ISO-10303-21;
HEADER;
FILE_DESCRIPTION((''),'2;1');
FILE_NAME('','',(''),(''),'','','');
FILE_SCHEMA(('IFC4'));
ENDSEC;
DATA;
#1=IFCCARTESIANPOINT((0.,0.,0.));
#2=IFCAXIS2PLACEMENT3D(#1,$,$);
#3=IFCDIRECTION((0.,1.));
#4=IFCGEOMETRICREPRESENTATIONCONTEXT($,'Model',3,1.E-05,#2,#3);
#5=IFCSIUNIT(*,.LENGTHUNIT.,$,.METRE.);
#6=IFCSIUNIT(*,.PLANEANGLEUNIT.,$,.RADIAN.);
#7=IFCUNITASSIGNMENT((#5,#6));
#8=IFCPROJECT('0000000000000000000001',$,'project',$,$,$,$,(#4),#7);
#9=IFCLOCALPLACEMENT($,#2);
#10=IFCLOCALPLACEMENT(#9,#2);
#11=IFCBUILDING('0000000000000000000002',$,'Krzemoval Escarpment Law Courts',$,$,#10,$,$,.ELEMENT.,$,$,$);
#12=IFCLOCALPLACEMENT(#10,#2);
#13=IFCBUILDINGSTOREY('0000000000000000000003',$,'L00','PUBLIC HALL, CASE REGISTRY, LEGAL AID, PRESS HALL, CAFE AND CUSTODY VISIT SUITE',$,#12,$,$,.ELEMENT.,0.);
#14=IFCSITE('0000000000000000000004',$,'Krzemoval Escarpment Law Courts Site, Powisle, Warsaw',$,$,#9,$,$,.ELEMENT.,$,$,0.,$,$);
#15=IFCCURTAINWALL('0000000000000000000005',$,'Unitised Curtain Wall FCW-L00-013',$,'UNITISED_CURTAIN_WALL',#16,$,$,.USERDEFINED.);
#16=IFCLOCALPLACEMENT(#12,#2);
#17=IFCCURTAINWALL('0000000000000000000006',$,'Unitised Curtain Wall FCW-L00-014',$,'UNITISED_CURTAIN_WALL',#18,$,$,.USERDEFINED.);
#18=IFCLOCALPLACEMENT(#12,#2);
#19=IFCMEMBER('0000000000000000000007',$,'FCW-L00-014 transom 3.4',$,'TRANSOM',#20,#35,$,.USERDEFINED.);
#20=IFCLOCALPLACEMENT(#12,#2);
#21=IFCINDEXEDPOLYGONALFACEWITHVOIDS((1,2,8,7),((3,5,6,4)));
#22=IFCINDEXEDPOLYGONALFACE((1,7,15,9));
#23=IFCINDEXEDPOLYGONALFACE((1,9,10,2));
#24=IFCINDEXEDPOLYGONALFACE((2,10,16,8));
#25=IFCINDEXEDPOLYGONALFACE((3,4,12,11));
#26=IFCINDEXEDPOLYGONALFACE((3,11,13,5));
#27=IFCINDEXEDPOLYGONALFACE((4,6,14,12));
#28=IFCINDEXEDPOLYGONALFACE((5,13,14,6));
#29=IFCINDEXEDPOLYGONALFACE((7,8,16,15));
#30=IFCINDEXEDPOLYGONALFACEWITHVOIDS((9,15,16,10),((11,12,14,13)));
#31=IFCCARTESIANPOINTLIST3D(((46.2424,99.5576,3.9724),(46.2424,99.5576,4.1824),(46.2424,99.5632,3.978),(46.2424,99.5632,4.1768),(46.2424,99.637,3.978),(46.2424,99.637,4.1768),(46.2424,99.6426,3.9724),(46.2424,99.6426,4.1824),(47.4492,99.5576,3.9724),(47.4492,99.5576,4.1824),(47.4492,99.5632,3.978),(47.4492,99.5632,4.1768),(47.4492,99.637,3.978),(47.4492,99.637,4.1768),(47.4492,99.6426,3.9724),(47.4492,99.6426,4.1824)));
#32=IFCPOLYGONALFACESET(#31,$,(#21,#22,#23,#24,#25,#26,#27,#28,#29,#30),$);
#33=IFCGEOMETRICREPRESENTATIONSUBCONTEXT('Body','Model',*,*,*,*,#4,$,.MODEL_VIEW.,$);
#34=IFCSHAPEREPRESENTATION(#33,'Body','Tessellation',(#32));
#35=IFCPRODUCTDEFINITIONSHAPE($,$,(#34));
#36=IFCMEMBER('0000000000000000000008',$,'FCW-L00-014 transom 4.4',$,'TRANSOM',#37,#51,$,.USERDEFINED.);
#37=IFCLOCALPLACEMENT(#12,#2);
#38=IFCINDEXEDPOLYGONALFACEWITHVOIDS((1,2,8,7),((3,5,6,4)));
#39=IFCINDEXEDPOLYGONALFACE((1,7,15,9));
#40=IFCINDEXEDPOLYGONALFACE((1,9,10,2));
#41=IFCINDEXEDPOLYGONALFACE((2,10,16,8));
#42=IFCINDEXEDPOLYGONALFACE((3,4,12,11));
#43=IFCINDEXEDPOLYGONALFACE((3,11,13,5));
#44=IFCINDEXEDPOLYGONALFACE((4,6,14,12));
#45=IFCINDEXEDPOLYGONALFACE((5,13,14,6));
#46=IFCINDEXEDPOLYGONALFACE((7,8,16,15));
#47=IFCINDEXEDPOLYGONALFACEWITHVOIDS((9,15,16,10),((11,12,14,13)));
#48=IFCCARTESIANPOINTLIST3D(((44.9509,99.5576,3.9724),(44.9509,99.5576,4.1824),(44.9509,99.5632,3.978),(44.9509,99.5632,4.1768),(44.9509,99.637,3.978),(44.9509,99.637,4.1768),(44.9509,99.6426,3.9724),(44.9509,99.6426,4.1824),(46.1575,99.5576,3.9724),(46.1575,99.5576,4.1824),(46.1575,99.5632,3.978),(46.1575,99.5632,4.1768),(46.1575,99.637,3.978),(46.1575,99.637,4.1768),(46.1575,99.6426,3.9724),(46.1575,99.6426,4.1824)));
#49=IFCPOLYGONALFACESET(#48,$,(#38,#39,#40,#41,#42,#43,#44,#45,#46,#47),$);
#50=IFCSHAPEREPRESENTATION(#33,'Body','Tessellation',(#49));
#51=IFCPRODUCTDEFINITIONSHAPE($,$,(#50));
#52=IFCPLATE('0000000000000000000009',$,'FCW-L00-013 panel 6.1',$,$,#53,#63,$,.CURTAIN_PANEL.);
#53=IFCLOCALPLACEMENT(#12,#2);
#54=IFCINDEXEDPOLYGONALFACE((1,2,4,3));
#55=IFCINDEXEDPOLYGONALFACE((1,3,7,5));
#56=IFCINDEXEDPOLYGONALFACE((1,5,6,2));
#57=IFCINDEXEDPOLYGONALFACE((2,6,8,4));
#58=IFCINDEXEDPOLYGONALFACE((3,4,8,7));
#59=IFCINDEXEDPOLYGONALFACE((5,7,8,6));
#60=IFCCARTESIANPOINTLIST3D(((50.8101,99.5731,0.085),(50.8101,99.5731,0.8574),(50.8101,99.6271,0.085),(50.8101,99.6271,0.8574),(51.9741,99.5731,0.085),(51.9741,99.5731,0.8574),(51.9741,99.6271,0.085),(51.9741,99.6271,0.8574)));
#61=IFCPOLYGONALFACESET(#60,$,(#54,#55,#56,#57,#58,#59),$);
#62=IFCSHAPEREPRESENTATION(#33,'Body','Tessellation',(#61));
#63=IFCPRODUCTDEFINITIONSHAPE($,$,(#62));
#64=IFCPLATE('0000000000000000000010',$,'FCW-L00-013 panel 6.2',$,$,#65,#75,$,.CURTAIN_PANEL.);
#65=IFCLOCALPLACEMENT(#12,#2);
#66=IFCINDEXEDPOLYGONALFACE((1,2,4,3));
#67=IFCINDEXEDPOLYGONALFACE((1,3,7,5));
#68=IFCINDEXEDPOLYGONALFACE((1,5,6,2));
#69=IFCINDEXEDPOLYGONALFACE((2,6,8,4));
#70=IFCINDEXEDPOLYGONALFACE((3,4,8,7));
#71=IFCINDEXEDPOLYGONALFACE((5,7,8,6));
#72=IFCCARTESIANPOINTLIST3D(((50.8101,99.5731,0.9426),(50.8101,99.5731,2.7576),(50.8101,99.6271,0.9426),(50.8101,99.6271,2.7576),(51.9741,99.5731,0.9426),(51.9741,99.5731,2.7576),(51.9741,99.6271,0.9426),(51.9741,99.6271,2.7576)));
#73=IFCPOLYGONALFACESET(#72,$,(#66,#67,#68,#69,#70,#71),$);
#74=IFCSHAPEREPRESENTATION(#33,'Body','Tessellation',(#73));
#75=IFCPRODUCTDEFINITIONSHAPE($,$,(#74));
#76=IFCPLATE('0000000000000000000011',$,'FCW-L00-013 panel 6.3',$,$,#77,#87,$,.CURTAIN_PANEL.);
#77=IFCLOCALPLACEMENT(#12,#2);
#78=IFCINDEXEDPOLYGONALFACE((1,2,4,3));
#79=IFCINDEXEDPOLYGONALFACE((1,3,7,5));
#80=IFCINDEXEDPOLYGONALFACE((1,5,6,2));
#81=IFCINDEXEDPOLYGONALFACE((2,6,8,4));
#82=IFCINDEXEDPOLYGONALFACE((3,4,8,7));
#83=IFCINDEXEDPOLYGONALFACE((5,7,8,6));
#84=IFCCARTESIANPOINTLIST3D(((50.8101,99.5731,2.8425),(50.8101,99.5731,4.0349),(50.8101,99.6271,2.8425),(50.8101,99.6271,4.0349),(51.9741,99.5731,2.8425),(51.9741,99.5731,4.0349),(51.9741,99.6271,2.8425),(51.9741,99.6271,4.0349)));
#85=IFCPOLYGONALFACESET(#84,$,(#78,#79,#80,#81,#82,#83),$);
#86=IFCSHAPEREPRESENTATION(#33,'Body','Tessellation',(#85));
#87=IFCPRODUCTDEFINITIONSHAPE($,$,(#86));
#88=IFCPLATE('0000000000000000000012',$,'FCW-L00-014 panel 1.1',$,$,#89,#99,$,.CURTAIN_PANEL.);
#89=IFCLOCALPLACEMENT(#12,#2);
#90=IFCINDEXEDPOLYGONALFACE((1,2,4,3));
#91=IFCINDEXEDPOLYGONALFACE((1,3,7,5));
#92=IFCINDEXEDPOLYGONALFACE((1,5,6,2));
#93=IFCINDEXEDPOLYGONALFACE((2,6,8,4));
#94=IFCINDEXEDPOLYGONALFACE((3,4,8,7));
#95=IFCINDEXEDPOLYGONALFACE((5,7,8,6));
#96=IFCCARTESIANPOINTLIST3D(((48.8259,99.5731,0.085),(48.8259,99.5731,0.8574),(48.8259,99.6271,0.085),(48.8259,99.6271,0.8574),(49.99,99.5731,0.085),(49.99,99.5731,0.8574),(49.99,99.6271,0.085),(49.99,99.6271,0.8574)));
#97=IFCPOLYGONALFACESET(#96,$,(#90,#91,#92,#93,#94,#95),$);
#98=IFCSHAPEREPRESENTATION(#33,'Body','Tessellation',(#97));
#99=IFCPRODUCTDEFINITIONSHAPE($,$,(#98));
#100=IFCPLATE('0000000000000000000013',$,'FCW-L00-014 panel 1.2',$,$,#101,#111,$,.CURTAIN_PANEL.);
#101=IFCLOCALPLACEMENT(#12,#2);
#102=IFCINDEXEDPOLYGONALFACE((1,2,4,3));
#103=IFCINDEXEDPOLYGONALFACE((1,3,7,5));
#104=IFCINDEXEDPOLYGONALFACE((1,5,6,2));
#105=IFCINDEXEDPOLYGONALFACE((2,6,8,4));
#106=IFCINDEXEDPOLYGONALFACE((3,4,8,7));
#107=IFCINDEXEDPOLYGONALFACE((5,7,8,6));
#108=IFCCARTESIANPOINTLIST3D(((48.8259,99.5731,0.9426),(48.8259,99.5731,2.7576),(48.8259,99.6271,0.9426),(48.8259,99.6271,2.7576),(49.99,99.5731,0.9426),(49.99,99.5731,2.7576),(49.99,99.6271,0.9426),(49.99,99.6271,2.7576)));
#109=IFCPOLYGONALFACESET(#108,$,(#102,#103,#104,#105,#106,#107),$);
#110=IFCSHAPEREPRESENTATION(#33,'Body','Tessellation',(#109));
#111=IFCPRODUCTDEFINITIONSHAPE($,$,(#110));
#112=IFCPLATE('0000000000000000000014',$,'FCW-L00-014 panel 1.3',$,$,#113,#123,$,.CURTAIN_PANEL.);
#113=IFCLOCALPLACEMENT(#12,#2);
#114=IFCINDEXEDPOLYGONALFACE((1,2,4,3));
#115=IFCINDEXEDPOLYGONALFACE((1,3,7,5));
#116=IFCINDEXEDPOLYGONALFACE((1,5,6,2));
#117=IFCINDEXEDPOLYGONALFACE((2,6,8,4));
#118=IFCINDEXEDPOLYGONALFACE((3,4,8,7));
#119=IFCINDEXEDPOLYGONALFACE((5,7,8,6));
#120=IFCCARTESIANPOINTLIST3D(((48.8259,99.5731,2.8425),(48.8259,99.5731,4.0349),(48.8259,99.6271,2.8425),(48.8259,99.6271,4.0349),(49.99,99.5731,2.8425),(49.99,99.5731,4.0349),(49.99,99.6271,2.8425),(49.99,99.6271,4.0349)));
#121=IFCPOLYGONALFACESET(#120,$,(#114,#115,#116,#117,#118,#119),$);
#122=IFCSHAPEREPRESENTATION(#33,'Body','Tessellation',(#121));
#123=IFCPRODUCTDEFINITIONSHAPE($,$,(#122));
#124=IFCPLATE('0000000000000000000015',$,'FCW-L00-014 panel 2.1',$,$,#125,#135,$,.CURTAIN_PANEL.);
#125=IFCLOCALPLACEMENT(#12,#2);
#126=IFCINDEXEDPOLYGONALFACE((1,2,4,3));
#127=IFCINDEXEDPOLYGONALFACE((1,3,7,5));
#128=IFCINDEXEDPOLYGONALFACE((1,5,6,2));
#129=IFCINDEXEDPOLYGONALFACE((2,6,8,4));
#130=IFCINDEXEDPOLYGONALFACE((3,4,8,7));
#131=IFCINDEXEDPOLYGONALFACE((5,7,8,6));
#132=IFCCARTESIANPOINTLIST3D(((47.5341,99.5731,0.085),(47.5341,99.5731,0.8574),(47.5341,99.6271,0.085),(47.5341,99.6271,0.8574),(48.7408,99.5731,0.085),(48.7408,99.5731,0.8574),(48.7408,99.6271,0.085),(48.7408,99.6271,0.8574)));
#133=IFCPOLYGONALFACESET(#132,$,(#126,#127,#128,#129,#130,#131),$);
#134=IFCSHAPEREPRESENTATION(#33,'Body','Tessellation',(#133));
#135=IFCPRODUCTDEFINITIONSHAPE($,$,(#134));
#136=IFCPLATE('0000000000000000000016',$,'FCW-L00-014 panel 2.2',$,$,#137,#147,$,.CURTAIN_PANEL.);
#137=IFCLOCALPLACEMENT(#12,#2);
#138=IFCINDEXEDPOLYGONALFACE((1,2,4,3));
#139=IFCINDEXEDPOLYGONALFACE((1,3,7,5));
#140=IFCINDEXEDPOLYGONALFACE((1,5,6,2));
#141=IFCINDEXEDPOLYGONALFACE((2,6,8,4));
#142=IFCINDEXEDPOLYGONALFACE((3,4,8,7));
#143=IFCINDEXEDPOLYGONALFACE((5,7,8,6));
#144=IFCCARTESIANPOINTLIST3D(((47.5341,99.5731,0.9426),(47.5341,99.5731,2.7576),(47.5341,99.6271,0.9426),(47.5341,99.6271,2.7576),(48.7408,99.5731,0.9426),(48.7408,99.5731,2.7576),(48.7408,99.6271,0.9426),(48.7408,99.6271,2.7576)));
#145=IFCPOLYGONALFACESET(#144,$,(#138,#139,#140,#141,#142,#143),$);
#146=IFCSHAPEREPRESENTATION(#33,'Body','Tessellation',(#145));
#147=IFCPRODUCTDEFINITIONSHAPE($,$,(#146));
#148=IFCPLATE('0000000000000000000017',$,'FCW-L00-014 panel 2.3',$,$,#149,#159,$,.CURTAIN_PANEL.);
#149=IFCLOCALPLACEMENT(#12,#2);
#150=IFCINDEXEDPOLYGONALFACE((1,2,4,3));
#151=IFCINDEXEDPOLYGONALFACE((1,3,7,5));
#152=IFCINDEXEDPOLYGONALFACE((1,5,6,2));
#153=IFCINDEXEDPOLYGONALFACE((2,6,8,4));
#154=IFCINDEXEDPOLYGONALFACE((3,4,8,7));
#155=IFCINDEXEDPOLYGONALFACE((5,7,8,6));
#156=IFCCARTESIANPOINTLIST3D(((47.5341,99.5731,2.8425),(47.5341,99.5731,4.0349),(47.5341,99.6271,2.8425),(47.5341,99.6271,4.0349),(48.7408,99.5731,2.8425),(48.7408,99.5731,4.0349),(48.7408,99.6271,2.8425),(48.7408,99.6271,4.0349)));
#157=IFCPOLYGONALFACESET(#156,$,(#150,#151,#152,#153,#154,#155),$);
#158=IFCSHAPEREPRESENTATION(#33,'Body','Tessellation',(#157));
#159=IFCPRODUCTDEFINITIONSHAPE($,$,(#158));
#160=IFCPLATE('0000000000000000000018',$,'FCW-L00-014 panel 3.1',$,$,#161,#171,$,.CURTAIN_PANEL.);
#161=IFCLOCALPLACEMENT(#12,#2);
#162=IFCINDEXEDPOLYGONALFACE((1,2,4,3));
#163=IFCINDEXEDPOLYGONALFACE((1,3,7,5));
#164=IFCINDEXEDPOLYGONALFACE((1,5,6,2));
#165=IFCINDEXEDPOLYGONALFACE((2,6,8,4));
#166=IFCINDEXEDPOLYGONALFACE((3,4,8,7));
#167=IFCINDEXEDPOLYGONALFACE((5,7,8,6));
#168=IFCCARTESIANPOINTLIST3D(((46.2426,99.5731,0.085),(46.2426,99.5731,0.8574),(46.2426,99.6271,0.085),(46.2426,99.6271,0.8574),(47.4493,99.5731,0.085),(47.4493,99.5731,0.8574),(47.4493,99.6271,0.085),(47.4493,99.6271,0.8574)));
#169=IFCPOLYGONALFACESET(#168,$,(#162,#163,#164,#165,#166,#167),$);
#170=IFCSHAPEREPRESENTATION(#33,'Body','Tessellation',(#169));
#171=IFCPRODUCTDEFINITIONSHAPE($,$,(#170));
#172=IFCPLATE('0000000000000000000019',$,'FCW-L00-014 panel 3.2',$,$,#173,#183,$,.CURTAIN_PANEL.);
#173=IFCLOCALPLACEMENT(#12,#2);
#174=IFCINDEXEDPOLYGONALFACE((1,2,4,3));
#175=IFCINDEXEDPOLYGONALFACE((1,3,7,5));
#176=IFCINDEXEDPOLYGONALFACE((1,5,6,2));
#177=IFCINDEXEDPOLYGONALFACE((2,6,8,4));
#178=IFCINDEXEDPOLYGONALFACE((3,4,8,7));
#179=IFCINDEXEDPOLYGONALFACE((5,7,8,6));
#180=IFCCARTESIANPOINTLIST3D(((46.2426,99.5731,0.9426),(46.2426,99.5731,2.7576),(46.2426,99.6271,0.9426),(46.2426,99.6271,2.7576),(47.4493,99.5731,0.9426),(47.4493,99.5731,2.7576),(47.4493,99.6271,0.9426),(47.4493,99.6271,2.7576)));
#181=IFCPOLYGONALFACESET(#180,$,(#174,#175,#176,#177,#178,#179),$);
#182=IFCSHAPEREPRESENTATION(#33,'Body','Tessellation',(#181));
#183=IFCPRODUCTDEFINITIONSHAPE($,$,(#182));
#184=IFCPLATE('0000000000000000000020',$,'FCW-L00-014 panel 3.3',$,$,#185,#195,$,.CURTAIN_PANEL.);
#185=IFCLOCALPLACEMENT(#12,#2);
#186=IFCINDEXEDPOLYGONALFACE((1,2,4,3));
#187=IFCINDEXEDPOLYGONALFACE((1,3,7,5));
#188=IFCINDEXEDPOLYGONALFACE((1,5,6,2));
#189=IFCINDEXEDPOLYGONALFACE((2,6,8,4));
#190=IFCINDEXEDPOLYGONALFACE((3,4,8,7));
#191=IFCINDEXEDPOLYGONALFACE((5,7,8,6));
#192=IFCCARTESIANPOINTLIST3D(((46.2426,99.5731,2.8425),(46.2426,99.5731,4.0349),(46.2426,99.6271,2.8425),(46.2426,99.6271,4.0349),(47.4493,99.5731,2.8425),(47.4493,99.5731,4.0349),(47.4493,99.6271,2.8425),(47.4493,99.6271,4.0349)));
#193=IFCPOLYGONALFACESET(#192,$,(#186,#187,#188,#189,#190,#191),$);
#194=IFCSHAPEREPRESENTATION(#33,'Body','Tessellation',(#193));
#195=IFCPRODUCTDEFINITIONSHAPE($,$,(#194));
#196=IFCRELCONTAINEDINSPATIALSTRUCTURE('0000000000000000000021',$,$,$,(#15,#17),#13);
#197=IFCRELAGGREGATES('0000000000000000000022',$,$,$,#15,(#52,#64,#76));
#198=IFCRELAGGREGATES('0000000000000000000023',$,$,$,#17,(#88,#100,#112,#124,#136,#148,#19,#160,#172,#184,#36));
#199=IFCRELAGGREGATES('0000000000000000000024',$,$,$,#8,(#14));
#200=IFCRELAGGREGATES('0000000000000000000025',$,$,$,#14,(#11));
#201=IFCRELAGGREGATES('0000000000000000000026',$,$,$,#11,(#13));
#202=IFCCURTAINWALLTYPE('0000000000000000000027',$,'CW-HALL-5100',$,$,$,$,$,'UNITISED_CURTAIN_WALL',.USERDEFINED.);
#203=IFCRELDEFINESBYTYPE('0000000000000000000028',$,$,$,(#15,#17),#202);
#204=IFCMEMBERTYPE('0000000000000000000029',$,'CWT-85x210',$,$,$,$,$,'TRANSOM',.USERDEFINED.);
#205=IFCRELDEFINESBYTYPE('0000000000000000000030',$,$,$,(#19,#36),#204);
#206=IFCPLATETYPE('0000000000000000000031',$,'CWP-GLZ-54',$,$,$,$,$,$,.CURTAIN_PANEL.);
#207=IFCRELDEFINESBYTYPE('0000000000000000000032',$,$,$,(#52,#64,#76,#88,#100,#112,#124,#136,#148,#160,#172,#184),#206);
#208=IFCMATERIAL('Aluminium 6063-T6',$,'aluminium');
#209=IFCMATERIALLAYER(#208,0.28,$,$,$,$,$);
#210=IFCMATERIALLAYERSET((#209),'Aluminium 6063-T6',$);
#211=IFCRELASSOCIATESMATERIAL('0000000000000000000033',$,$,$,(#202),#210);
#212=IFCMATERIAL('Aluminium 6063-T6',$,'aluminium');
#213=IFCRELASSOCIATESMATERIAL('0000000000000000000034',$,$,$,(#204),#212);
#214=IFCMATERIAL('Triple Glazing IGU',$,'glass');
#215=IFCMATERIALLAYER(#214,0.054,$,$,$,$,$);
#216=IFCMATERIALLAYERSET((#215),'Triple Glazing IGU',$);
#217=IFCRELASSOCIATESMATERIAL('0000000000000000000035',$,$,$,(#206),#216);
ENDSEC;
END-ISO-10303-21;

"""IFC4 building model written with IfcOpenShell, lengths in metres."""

from ifc_helpers import new_model, si_unit, direction, frame, origin, origin_2d, place, context, subcontext, project, spatial, rectangle, hollow_rectangle, extrude, material, layer, layer_set, material_profile, profile_set, type_object, element, aggregate, save


model = new_model("IFC4")

# Units and contexts
model_context = context("Model", 3, precision=1e-05, world=origin(), true_north=direction((0.0, 1.0)))
body_context = subcontext(model_context, "Body", "Model", "MODEL_VIEW")
ifc_project = project(units=[si_unit("LENGTHUNIT", "METRE"), si_unit("PLANEANGLEUNIT", "RADIAN")], contexts=[model_context])

# Site, building, storey
site_placement = place(None, origin())
site = spatial("IfcSite", under=ifc_project, at=site_placement, Name="Krzemoval Escarpment Law Courts Site, Powisle, Warsaw", CompositionType="ELEMENT", RefElevation=0.0)
building_placement = place(site_placement, origin())
building = spatial("IfcBuilding", under=site, at=building_placement, Name="Krzemoval Escarpment Law Courts", CompositionType="ELEMENT")
storey_placement = place(building_placement, origin())
storey = spatial("IfcBuildingStorey", under=building, at=storey_placement, Name="L00", Description="PUBLIC HALL, CASE REGISTRY, LEGAL AID, PRESS HALL, CAFE AND CUSTODY VISIT SUITE", CompositionType="ELEMENT", Elevation=0.0)

# Curtain wall
ifc_material_1 = material(Name="Aluminium 6063-T6", Category="aluminium")
ifc_layer_1 = layer(ifc_material_1, 0.28)
ifc_layer_set_1 = layer_set([ifc_layer_1], Name="Aluminium 6063-T6")
curtain_wall_type = type_object("IfcCurtainWallType", Name="CW-HALL-5100", ElementType="UNITISED_CURTAIN_WALL", PredefinedType="USERDEFINED", material=ifc_layer_set_1)
curtain_wall_1_placement = place(storey_placement, origin())
curtain_wall_1 = element("IfcCurtainWall", 1, at=curtain_wall_1_placement, inside=storey, type_object=curtain_wall_type, Name="Unitised Curtain Wall FCW-L00-013", ObjectType="UNITISED_CURTAIN_WALL", PredefinedType="USERDEFINED")

# Curtain wall
curtain_wall_2_placement = place(storey_placement, origin())
curtain_wall_2 = element("IfcCurtainWall", 2, at=curtain_wall_2_placement, inside=storey, type_object=curtain_wall_type, Name="Unitised Curtain Wall FCW-L00-014", ObjectType="UNITISED_CURTAIN_WALL", PredefinedType="USERDEFINED")

# Members
ifc_material_2 = material(Name="Aluminium 6063-T6", Category="aluminium")
ifc_material_profile_1 = material_profile(ifc_material_2, hollow_rectangle(XDim=0.085, YDim=0.21, WallThickness=0.0056, at=origin_2d()), Name="ALU T85x210")
ifc_profile_set_1 = profile_set([ifc_material_profile_1], Name="Aluminium 6063-T6")
member_type_1 = type_object("IfcMemberType", Name="CWT-85x210", ElementType="TRANSOM", PredefinedType="USERDEFINED", material=ifc_profile_set_1)
member_1_placement = place(storey_placement, frame((47.4492, 99.6001, 4.0774), z_axis=(-1.0, 0.0, 0.0), x_axis=(0.0, -1.0, 0.0)))
member_1 = element("IfcMember", 3, at=member_1_placement, type_object=member_type_1, Name="FCW-L00-014 transom 3.4", ObjectType="TRANSOM", PredefinedType="USERDEFINED", context=body_context, shape_type="SweptSolid", body=[
    extrude(hollow_rectangle(XDim=0.085, YDim=0.21, WallThickness=0.0056, at=origin_2d()), origin(), (0.0, 0.0, 1.0), 1.2068),
])
member_2_placement = place(storey_placement, frame((46.1575, 99.6001, 4.0774), z_axis=(-1.0, 0.0, 0.0), x_axis=(0.0, -1.0, 0.0)))
member_2 = element("IfcMember", 4, at=member_2_placement, type_object=member_type_1, Name="FCW-L00-014 transom 4.4", ObjectType="TRANSOM", PredefinedType="USERDEFINED", context=body_context, shape_type="SweptSolid", body=[
    extrude(hollow_rectangle(XDim=0.085, YDim=0.21, WallThickness=0.0056, at=origin_2d()), origin(), (0.0, 0.0, 1.0), 1.2065),
])

# Plates
ifc_material_3 = material(Name="Triple Glazing IGU", Category="glass")
ifc_layer_2 = layer(ifc_material_3, 0.054)
ifc_layer_set_2 = layer_set([ifc_layer_2], Name="Triple Glazing IGU")
plate_type = type_object("IfcPlateType", Name="CWP-GLZ-54", PredefinedType="CURTAIN_PANEL", material=ifc_layer_set_2)
plate_1_placement = place(storey_placement, frame((51.3921, 99.6001, 0.085), z_axis=(0.0, 0.0, 1.0), x_axis=(-1.0, 0.0, 0.0)))
plate_1 = element("IfcPlate", 5, at=plate_1_placement, type_object=plate_type, Name="FCW-L00-013 panel 6.1", PredefinedType="CURTAIN_PANEL", context=body_context, shape_type="SweptSolid", body=[
    extrude(rectangle(XDim=1.1641, YDim=0.054, at=origin_2d()), origin(), (0.0, 0.0, 1.0), 0.7725),
])
plate_2_placement = place(storey_placement, frame((51.3921, 99.6001, 0.9426), z_axis=(0.0, 0.0, 1.0), x_axis=(-1.0, 0.0, 0.0)))
plate_2 = element("IfcPlate", 6, at=plate_2_placement, type_object=plate_type, Name="FCW-L00-013 panel 6.2", PredefinedType="CURTAIN_PANEL", context=body_context, shape_type="SweptSolid", body=[
    extrude(rectangle(XDim=1.1641, YDim=0.054, at=origin_2d()), origin(), (0.0, 0.0, 1.0), 1.8149),
])
plate_3_placement = place(storey_placement, frame((51.3921, 99.6001, 2.8425), z_axis=(0.0, 0.0, 1.0), x_axis=(-1.0, 0.0, 0.0)))
plate_3 = element("IfcPlate", 7, at=plate_3_placement, type_object=plate_type, Name="FCW-L00-013 panel 6.3", PredefinedType="CURTAIN_PANEL", context=body_context, shape_type="SweptSolid", body=[
    extrude(rectangle(XDim=1.1641, YDim=0.054, at=origin_2d()), origin(), (0.0, 0.0, 1.0), 1.1924),
])
aggregate(curtain_wall_1, [plate_1, plate_2, plate_3])
plate_4_placement = place(storey_placement, frame((49.408, 99.6001, 0.085), z_axis=(0.0, 0.0, 1.0), x_axis=(-1.0, 0.0, 0.0)))
plate_4 = element("IfcPlate", 8, at=plate_4_placement, type_object=plate_type, Name="FCW-L00-014 panel 1.1", PredefinedType="CURTAIN_PANEL", context=body_context, shape_type="SweptSolid", body=[
    extrude(rectangle(XDim=1.1641, YDim=0.054, at=origin_2d()), origin(), (0.0, 0.0, 1.0), 0.7725),
])
plate_5_placement = place(storey_placement, frame((49.408, 99.6001, 0.9426), z_axis=(0.0, 0.0, 1.0), x_axis=(-1.0, 0.0, 0.0)))
plate_5 = element("IfcPlate", 9, at=plate_5_placement, type_object=plate_type, Name="FCW-L00-014 panel 1.2", PredefinedType="CURTAIN_PANEL", context=body_context, shape_type="SweptSolid", body=[
    extrude(rectangle(XDim=1.1641, YDim=0.054, at=origin_2d()), origin(), (0.0, 0.0, 1.0), 1.8149),
])
plate_6_placement = place(storey_placement, frame((49.408, 99.6001, 2.8425), z_axis=(0.0, 0.0, 1.0), x_axis=(-1.0, 0.0, 0.0)))
plate_6 = element("IfcPlate", 10, at=plate_6_placement, type_object=plate_type, Name="FCW-L00-014 panel 1.3", PredefinedType="CURTAIN_PANEL", context=body_context, shape_type="SweptSolid", body=[
    extrude(rectangle(XDim=1.1641, YDim=0.054, at=origin_2d()), origin(), (0.0, 0.0, 1.0), 1.1924),
])
plate_7_placement = place(storey_placement, frame((48.1375, 99.6001, 0.085), z_axis=(0.0, 0.0, 1.0), x_axis=(-1.0, 0.0, 0.0)))
plate_7 = element("IfcPlate", 11, at=plate_7_placement, type_object=plate_type, Name="FCW-L00-014 panel 2.1", PredefinedType="CURTAIN_PANEL", context=body_context, shape_type="SweptSolid", body=[
    extrude(rectangle(XDim=1.2068, YDim=0.054, at=origin_2d()), origin(), (0.0, 0.0, 1.0), 0.7725),
])
plate_8_placement = place(storey_placement, frame((48.1375, 99.6001, 0.9426), z_axis=(0.0, 0.0, 1.0), x_axis=(-1.0, 0.0, 0.0)))
plate_8 = element("IfcPlate", 12, at=plate_8_placement, type_object=plate_type, Name="FCW-L00-014 panel 2.2", PredefinedType="CURTAIN_PANEL", context=body_context, shape_type="SweptSolid", body=[
    extrude(rectangle(XDim=1.2068, YDim=0.054, at=origin_2d()), origin(), (0.0, 0.0, 1.0), 1.8149),
])
plate_9_placement = place(storey_placement, frame((48.1375, 99.6001, 2.8425), z_axis=(0.0, 0.0, 1.0), x_axis=(-1.0, 0.0, 0.0)))
plate_9 = element("IfcPlate", 13, at=plate_9_placement, type_object=plate_type, Name="FCW-L00-014 panel 2.3", PredefinedType="CURTAIN_PANEL", context=body_context, shape_type="SweptSolid", body=[
    extrude(rectangle(XDim=1.2068, YDim=0.054, at=origin_2d()), origin(), (0.0, 0.0, 1.0), 1.1924),
])
plate_10_placement = place(storey_placement, frame((46.8459, 99.6001, 0.085), z_axis=(0.0, 0.0, 1.0), x_axis=(-1.0, 0.0, 0.0)))
plate_10 = element("IfcPlate", 14, at=plate_10_placement, type_object=plate_type, Name="FCW-L00-014 panel 3.1", PredefinedType="CURTAIN_PANEL", context=body_context, shape_type="SweptSolid", body=[
    extrude(rectangle(XDim=1.2068, YDim=0.054, at=origin_2d()), origin(), (0.0, 0.0, 1.0), 0.7725),
])
plate_11_placement = place(storey_placement, frame((46.8459, 99.6001, 0.9426), z_axis=(0.0, 0.0, 1.0), x_axis=(-1.0, 0.0, 0.0)))
plate_11 = element("IfcPlate", 15, at=plate_11_placement, type_object=plate_type, Name="FCW-L00-014 panel 3.2", PredefinedType="CURTAIN_PANEL", context=body_context, shape_type="SweptSolid", body=[
    extrude(rectangle(XDim=1.2068, YDim=0.054, at=origin_2d()), origin(), (0.0, 0.0, 1.0), 1.8149),
])
plate_12_placement = place(storey_placement, frame((46.8459, 99.6001, 2.8425), z_axis=(0.0, 0.0, 1.0), x_axis=(-1.0, 0.0, 0.0)))
plate_12 = element("IfcPlate", 16, at=plate_12_placement, type_object=plate_type, Name="FCW-L00-014 panel 3.3", PredefinedType="CURTAIN_PANEL", context=body_context, shape_type="SweptSolid", body=[
    extrude(rectangle(XDim=1.2068, YDim=0.054, at=origin_2d()), origin(), (0.0, 0.0, 1.0), 1.1924),
])
aggregate(curtain_wall_2, [plate_4, plate_5, plate_6, plate_7, plate_8, plate_9, member_1, plate_10, plate_11, plate_12, member_2])

save(model, "model.ifc")
